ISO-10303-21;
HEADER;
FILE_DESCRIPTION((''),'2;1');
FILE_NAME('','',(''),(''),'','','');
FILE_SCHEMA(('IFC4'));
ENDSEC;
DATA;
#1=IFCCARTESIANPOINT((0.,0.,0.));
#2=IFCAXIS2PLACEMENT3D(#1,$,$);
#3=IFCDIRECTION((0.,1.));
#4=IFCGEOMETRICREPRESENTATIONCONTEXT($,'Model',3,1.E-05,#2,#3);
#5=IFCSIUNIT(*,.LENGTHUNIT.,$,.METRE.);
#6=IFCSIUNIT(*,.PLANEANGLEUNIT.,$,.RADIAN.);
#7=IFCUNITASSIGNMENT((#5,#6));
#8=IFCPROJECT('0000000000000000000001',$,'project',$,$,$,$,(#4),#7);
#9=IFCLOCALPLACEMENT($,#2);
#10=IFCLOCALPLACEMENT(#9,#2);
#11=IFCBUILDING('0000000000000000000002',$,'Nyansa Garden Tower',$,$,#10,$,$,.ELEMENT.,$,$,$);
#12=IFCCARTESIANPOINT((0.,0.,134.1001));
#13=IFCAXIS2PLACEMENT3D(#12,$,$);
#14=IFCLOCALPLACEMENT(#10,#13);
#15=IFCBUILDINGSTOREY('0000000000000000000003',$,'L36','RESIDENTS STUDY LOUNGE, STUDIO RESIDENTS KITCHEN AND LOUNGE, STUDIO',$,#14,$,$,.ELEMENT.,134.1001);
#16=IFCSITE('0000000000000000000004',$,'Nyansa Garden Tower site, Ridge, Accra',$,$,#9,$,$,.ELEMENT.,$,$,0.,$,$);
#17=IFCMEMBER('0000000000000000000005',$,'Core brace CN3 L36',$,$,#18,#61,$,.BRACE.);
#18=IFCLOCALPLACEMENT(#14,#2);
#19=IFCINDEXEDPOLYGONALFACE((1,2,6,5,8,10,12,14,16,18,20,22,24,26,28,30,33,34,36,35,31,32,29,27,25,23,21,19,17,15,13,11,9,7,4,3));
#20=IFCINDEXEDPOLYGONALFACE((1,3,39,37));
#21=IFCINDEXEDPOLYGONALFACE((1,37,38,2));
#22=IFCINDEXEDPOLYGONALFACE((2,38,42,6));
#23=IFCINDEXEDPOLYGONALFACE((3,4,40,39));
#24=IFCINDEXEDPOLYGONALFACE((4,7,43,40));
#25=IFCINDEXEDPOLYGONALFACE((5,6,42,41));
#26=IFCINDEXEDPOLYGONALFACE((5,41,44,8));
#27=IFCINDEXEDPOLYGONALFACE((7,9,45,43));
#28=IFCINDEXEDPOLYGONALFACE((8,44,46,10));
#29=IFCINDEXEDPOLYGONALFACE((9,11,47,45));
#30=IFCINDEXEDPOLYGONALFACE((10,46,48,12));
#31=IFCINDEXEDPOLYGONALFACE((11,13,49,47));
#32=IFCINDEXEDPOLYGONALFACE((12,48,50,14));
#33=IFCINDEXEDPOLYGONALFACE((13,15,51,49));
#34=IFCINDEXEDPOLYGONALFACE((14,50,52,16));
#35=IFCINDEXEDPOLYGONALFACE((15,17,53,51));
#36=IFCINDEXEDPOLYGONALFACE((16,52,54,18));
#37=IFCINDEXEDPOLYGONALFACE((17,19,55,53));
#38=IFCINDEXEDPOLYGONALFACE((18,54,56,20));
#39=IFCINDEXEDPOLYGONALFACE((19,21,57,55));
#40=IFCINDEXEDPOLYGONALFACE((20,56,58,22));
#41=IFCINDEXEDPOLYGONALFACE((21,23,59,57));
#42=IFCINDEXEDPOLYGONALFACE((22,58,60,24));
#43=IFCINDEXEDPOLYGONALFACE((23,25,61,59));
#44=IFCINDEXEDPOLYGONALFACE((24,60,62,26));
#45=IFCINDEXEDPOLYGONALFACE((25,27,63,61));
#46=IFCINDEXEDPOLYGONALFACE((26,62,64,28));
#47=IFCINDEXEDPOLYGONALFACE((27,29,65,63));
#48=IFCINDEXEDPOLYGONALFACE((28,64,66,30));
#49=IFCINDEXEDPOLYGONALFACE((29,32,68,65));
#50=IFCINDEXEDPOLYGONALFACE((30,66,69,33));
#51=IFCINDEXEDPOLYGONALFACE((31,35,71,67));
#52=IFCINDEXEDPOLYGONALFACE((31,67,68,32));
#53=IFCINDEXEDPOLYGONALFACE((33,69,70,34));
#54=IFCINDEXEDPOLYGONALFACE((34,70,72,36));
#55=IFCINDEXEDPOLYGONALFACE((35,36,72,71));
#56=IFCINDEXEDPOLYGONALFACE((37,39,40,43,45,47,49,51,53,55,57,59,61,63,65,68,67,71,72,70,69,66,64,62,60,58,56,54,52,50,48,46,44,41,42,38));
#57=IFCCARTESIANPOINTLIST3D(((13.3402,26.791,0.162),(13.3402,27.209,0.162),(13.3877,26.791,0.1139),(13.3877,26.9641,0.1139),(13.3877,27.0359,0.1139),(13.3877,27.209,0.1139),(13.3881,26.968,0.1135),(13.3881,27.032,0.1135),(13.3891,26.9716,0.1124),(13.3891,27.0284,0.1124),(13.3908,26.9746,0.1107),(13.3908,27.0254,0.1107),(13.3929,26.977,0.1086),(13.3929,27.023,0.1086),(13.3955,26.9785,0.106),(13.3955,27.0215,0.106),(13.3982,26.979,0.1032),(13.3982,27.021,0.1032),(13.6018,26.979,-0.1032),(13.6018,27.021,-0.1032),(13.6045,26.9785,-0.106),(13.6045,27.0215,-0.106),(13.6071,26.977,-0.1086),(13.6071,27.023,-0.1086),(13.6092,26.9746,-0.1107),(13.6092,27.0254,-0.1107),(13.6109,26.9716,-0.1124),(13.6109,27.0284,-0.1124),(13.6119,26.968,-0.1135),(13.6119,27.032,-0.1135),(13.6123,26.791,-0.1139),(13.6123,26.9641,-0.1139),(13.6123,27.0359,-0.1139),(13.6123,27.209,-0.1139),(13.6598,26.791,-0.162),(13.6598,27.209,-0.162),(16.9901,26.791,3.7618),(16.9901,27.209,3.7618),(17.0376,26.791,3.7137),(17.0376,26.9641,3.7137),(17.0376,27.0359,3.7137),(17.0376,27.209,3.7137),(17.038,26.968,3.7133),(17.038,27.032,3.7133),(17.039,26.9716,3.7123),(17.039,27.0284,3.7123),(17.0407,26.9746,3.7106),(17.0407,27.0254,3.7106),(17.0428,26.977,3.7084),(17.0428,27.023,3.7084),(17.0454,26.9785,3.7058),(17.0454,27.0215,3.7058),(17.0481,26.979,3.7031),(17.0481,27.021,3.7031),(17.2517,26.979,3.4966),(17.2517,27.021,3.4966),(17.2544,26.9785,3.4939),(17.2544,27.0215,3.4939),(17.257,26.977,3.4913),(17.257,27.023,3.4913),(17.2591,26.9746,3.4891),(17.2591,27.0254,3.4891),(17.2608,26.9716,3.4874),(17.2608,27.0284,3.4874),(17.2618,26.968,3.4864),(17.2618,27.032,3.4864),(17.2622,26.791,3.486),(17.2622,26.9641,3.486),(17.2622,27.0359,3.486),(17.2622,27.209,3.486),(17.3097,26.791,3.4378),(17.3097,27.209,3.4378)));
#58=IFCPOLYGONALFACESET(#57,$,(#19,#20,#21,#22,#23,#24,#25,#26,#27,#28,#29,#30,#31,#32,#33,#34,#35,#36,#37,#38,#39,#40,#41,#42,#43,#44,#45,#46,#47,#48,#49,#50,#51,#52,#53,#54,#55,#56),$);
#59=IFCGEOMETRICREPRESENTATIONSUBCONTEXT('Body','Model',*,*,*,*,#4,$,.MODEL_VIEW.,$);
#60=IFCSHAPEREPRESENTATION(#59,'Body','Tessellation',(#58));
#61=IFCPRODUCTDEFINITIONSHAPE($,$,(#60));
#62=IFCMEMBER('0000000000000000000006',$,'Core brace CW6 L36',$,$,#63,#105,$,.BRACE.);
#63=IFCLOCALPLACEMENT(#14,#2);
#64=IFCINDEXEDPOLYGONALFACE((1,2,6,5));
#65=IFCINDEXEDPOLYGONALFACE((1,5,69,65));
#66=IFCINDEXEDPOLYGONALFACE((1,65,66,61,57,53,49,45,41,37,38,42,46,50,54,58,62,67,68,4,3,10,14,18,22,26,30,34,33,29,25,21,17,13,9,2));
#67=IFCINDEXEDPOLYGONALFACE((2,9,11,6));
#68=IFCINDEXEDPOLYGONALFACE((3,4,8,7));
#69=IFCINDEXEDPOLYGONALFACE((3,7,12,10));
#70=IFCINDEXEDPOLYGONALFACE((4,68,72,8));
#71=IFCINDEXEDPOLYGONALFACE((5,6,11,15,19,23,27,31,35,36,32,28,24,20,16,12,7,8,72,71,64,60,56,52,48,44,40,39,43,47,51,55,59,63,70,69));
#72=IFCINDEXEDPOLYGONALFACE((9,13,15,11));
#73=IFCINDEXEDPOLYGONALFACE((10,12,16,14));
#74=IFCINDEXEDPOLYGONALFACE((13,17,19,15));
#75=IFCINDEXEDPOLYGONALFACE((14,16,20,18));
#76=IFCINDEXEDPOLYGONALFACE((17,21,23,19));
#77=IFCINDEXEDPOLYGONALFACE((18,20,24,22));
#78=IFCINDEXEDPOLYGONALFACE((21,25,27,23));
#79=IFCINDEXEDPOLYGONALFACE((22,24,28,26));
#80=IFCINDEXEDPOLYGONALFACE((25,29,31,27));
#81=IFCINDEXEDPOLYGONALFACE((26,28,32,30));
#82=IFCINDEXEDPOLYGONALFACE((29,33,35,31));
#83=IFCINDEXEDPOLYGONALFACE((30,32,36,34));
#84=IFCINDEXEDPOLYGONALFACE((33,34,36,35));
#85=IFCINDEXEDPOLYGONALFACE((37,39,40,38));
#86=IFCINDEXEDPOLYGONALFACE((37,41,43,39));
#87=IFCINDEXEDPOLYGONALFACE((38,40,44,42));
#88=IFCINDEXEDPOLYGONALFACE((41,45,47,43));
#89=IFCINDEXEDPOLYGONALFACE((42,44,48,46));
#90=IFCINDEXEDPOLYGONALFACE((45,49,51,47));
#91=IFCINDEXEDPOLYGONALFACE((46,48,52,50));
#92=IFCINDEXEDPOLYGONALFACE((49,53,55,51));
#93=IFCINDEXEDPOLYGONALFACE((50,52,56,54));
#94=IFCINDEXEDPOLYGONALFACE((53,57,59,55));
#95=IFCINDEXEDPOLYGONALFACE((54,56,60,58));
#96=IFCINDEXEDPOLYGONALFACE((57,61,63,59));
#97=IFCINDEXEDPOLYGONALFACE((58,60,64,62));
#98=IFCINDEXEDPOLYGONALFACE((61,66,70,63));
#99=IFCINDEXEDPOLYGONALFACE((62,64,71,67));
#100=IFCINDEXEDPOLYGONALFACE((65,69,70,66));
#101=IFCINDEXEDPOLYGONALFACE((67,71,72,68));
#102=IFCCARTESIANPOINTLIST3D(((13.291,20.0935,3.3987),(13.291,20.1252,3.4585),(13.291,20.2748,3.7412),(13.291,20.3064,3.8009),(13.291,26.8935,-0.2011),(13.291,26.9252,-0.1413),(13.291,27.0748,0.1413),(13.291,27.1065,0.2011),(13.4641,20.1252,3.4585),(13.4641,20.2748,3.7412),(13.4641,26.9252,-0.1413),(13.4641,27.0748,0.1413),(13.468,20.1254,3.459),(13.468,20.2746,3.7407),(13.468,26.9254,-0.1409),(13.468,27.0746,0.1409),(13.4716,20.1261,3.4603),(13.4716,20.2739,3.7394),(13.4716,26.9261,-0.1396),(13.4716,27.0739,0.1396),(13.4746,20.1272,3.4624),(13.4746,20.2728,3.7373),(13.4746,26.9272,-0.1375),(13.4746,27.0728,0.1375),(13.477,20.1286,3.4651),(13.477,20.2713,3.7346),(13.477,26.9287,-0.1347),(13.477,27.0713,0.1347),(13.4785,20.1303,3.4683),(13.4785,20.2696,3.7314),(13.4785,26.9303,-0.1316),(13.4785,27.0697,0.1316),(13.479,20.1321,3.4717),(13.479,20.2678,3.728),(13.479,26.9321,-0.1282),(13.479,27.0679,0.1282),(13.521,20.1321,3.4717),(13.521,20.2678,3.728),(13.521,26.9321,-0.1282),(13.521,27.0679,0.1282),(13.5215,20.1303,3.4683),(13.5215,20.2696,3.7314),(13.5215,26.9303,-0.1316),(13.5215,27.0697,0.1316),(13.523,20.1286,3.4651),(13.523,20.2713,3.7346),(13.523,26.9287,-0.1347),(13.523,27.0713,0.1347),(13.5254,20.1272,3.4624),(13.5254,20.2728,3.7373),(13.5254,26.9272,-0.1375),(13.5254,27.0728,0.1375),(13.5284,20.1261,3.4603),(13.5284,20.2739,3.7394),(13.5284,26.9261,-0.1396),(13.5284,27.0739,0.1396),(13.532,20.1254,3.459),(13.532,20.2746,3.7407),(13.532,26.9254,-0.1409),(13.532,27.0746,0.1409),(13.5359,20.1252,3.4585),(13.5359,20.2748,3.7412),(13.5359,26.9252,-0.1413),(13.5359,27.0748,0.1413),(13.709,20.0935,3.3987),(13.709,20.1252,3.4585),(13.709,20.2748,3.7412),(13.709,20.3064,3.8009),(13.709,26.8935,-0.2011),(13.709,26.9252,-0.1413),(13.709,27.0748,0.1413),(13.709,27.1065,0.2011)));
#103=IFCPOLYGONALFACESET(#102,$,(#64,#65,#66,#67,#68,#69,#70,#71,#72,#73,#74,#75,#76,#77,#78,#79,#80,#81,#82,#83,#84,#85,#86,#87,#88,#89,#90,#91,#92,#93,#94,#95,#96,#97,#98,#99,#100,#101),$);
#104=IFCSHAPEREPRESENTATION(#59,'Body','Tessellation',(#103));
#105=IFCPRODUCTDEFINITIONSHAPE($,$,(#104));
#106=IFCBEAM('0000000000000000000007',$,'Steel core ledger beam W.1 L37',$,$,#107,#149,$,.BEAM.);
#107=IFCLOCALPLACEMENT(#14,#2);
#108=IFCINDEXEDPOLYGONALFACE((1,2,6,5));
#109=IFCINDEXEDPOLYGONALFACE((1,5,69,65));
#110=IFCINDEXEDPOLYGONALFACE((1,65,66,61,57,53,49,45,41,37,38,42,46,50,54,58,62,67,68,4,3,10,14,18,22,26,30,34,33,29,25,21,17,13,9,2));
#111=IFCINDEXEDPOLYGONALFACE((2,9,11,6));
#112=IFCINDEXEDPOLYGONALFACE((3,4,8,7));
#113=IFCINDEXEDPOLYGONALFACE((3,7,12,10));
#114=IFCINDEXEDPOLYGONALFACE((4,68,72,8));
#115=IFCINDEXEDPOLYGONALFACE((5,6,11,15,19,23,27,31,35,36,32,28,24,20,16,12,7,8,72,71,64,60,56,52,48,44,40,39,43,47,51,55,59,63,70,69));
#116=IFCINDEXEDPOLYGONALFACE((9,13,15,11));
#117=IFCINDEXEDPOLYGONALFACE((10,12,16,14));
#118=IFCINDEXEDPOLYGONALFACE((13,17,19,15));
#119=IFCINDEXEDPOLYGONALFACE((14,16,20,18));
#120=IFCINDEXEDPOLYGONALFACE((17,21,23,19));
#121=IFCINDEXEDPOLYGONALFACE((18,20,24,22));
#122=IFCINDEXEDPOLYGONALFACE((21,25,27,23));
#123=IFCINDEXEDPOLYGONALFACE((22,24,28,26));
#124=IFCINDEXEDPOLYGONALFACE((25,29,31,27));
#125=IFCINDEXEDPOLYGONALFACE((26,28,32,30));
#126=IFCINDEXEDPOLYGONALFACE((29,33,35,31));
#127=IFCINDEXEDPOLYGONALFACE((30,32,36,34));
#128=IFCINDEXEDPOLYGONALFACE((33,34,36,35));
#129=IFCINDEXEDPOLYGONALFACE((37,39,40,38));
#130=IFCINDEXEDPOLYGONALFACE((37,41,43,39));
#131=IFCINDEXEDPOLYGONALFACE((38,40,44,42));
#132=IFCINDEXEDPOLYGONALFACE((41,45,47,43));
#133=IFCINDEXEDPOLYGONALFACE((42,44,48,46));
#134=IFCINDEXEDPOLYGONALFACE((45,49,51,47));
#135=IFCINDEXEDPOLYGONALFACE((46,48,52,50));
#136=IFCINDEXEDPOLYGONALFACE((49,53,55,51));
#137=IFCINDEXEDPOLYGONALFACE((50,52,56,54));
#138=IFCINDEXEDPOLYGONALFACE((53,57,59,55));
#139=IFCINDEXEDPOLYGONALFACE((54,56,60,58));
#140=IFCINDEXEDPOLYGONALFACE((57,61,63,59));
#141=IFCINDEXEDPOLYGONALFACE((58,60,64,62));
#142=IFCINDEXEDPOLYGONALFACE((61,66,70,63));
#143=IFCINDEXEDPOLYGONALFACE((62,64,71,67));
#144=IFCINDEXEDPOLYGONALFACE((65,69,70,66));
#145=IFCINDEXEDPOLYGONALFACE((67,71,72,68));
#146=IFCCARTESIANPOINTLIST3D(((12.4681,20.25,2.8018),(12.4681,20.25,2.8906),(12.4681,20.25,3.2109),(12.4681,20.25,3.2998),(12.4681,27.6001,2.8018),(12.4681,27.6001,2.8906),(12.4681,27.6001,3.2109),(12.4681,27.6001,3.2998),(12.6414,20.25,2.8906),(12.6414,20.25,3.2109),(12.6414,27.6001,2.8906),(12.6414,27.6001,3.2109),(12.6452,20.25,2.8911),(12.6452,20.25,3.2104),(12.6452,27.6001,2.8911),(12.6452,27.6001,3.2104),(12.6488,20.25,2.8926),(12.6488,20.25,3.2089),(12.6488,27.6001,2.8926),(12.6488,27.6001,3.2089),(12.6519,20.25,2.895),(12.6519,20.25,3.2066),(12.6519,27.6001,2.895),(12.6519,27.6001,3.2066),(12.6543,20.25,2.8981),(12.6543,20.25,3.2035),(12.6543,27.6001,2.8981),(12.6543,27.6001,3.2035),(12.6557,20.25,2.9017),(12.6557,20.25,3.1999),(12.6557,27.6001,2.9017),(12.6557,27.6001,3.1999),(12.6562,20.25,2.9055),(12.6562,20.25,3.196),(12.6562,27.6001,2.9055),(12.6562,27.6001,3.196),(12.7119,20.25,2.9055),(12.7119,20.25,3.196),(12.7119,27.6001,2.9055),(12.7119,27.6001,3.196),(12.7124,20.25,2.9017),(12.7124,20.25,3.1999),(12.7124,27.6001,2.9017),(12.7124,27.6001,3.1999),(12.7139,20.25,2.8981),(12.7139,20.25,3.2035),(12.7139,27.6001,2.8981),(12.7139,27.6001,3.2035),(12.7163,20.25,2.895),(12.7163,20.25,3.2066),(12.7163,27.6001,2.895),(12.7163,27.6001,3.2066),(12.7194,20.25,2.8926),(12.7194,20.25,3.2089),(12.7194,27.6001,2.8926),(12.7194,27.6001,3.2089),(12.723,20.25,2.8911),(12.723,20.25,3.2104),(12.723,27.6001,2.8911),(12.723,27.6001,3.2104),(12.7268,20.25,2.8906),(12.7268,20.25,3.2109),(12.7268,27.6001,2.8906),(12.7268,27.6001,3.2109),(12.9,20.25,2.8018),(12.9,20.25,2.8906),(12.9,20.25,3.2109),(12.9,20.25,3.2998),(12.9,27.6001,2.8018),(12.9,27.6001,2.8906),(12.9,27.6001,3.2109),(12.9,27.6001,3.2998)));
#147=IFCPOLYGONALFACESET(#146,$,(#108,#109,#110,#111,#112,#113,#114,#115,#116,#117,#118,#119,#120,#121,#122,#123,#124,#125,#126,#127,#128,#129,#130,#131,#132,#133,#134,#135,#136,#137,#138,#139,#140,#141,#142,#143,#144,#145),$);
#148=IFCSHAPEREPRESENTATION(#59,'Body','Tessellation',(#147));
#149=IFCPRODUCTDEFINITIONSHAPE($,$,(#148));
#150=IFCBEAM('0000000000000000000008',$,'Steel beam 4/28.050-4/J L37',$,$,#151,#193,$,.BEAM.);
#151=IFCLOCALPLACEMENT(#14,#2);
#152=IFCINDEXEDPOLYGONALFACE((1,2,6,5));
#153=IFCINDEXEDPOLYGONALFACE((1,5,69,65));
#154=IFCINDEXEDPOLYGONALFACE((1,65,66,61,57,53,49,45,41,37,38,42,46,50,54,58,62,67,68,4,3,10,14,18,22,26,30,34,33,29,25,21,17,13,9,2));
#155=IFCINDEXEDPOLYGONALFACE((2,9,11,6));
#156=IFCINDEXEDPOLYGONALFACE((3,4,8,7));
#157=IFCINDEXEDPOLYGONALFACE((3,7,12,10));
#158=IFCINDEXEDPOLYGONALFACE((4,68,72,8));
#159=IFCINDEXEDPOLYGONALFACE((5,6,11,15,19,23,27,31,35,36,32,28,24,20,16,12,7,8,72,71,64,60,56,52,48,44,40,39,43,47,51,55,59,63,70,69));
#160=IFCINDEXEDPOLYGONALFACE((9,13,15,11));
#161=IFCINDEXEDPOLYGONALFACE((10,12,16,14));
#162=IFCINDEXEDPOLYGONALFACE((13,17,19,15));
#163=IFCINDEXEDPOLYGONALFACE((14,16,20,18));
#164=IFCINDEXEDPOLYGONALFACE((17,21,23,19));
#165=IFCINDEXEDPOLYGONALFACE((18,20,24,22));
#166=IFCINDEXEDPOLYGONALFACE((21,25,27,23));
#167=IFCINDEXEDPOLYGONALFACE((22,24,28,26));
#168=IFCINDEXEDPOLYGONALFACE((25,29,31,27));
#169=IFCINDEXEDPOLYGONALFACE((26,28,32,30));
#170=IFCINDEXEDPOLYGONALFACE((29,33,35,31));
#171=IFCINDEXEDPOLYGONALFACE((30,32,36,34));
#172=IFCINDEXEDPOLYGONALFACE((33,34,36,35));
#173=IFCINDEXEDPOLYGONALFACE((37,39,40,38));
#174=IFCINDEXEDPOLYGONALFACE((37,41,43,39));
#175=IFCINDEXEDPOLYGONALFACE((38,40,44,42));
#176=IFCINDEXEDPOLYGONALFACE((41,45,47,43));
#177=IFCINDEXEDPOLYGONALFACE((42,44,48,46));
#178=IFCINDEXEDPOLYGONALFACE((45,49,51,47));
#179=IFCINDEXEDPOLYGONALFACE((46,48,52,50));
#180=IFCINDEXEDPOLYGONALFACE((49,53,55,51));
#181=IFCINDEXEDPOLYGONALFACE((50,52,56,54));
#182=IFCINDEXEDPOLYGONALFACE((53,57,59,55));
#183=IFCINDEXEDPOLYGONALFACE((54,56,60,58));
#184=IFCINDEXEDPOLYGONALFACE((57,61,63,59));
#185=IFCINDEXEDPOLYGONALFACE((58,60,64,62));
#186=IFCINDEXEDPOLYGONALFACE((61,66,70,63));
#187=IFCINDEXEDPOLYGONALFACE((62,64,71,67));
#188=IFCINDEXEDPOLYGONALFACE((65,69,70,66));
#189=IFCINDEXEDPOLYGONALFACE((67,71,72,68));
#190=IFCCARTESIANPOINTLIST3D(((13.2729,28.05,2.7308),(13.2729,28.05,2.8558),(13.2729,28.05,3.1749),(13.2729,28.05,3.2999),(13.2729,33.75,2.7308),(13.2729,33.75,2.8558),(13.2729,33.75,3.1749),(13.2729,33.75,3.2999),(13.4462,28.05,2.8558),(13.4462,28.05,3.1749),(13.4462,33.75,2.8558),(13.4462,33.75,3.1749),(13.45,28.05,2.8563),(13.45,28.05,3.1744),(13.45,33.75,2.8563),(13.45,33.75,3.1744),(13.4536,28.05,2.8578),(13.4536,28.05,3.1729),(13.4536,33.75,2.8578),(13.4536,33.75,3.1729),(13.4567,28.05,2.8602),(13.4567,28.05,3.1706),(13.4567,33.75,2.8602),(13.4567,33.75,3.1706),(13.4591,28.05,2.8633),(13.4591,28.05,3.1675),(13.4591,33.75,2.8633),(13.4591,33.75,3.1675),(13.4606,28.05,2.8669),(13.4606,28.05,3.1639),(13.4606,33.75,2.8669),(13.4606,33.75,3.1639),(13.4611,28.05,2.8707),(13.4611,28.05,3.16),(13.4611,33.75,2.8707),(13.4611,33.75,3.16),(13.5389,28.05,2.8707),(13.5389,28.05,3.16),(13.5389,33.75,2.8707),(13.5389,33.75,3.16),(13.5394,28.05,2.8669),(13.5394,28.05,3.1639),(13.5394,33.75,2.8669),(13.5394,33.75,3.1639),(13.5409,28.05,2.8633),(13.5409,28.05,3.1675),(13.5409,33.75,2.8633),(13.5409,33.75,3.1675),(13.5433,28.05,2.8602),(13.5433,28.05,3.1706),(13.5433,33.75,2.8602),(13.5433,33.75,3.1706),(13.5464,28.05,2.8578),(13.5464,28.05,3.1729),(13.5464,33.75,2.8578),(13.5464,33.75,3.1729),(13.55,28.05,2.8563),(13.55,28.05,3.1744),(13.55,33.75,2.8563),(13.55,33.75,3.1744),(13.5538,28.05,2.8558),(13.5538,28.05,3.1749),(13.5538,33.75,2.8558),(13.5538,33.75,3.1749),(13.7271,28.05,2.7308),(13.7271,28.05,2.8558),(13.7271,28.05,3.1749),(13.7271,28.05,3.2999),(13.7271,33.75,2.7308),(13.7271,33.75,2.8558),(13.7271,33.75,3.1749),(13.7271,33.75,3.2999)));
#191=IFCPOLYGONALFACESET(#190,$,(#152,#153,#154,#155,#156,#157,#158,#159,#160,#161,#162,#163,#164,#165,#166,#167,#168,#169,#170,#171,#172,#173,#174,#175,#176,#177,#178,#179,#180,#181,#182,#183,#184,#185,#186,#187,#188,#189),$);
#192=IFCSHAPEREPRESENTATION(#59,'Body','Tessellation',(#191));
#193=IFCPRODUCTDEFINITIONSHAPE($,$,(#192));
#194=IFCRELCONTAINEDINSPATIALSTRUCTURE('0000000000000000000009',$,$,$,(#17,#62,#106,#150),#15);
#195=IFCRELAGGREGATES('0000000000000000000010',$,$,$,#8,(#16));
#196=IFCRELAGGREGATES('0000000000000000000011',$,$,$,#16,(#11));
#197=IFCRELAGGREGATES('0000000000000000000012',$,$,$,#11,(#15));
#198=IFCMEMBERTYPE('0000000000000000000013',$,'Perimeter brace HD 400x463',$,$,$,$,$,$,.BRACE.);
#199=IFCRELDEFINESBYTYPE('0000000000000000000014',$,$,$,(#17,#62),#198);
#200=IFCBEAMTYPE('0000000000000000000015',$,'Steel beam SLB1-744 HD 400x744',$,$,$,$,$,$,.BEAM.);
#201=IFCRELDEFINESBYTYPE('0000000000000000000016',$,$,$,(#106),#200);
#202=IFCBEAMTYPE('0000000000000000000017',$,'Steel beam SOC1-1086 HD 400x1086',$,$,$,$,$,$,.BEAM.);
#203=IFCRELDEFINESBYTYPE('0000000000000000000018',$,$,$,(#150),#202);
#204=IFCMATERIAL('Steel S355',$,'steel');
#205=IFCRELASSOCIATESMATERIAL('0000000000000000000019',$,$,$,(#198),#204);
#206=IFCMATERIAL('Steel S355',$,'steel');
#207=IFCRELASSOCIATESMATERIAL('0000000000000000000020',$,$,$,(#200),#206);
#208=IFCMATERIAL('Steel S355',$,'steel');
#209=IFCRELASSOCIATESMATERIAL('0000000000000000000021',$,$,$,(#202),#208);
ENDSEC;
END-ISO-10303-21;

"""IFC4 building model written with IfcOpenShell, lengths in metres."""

from ifc_helpers import new_model, si_unit, direction, frame, origin, origin_2d, place, context, subcontext, project, spatial, i_section, extrude, material, material_profile, profile_set, type_object, element, save


model = new_model("IFC4")

# Units and contexts
model_context = context("Model", 3, precision=1e-05, world=origin(), true_north=direction((0.0, 1.0)))
body_context = subcontext(model_context, "Body", "Model", "MODEL_VIEW")
ifc_project = project(units=[si_unit("LENGTHUNIT", "METRE"), si_unit("PLANEANGLEUNIT", "RADIAN")], contexts=[model_context])

# Site, building, storey
site_placement = place(None, origin())
site = spatial("IfcSite", under=ifc_project, at=site_placement, Name="Nyansa Garden Tower site, Ridge, Accra", CompositionType="ELEMENT", RefElevation=0.0)
building_placement = place(site_placement, origin())
building = spatial("IfcBuilding", under=site, at=building_placement, Name="Nyansa Garden Tower", CompositionType="ELEMENT")
storey_placement = place(building_placement, frame((0.0, 0.0, 134.1001)))
storey = spatial("IfcBuildingStorey", under=building, at=storey_placement, Name="L36", Description="RESIDENTS STUDY LOUNGE, STUDIO RESIDENTS KITCHEN AND LOUNGE, STUDIO", CompositionType="ELEMENT", Elevation=134.1001)

# Members
ifc_material_1 = material(Name="Steel S355", Category="steel")
ifc_material_profile_1 = material_profile(ifc_material_1, i_section(OverallWidth=0.418, OverallDepth=0.4551, WebThickness=0.042, FlangeThickness=0.0676, FilletRadius=0.0149, at=origin_2d()), Name="HD 400x463")
ifc_profile_set_1 = profile_set([ifc_material_profile_1], Name="Steel S355")
member_type = type_object("IfcMemberType", Name="Perimeter brace HD 400x463", PredefinedType="BRACE", material=ifc_profile_set_1)
member_1_placement = place(storey_placement, frame((13.5, 27.0, 0.0), z_axis=(0.711971, 0.0, 0.702209), x_axis=(0.0, 1.0, 0.0)))
element("IfcMember", 1, at=member_1_placement, inside=storey, type_object=member_type, Name="Core brace CN3 L36", PredefinedType="BRACE", context=body_context, shape_type="SweptSolid", body=[
    extrude(i_section(OverallWidth=0.418, OverallDepth=0.4551, WebThickness=0.042, FlangeThickness=0.0676, FilletRadius=0.0149, at=origin_2d()), origin(), (0.0, 0.0, 1.0), 5.1265),
])
member_2_placement = place(storey_placement, frame((13.5, 27.0, 0.0), z_axis=(0.0, -0.883797, 0.46787), x_axis=(1.0, 0.0, 0.0)))
element("IfcMember", 2, at=member_2_placement, inside=storey, type_object=member_type, Name="Core brace CW6 L36", PredefinedType="BRACE", context=body_context, shape_type="SweptSolid", body=[
    extrude(i_section(OverallWidth=0.418, OverallDepth=0.4551, WebThickness=0.042, FlangeThickness=0.0676, FilletRadius=0.0149, at=origin_2d()), origin(), (0.0, 0.0, 1.0), 7.6941),
])

# Beams
ifc_material_2 = material(Name="Steel S355", Category="steel")
ifc_material_profile_2 = material_profile(ifc_material_2, i_section(OverallWidth=0.4319, OverallDepth=0.498, WebThickness=0.0557, FlangeThickness=0.0889, FilletRadius=0.0149, at=origin_2d()), Name="HD 400x744")
ifc_profile_set_2 = profile_set([ifc_material_profile_2], Name="Steel S355")
beam_type_1 = type_object("IfcBeamType", Name="Steel beam SLB1-744 HD 400x744", PredefinedType="BEAM", material=ifc_profile_set_2)
beam_1_placement = place(storey_placement, frame((12.6841, 27.6001, 3.0508), z_axis=(0.0, -1.0, 0.0), x_axis=(1.0, 0.0, 0.0)))
element("IfcBeam", 3, at=beam_1_placement, inside=storey, type_object=beam_type_1, Name="Steel core ledger beam W.1 L37", PredefinedType="BEAM", context=body_context, shape_type="SweptSolid", body=[
    extrude(i_section(OverallWidth=0.4319, OverallDepth=0.498, WebThickness=0.0557, FlangeThickness=0.0889, FilletRadius=0.0149, at=origin_2d()), origin(), (0.0, 0.0, 1.0), 7.3501),
])
ifc_material_3 = material(Name="Steel S355", Category="steel")
ifc_material_profile_3 = material_profile(ifc_material_3, i_section(OverallWidth=0.4541, OverallDepth=0.5691, WebThickness=0.0779, FlangeThickness=0.125, FilletRadius=0.0149, at=origin_2d()), Name="HD 400x1086")
ifc_profile_set_3 = profile_set([ifc_material_profile_3], Name="Steel S355")
beam_type_2 = type_object("IfcBeamType", Name="Steel beam SOC1-1086 HD 400x1086", PredefinedType="BEAM", material=ifc_profile_set_3)
beam_2_placement = place(storey_placement, frame((13.5, 28.05, 3.0154), z_axis=(0.0, 1.0, 0.0), x_axis=(-1.0, 0.0, 0.0)))
element("IfcBeam", 4, at=beam_2_placement, inside=storey, type_object=beam_type_2, Name="Steel beam 4/28.050-4/J L37", PredefinedType="BEAM", context=body_context, shape_type="SweptSolid", body=[
    extrude(i_section(OverallWidth=0.4541, OverallDepth=0.5691, WebThickness=0.0779, FlangeThickness=0.125, FilletRadius=0.0149, at=origin_2d()), origin(), (0.0, 0.0, 1.0), 5.7),
])

save(model, "model.ifc")
